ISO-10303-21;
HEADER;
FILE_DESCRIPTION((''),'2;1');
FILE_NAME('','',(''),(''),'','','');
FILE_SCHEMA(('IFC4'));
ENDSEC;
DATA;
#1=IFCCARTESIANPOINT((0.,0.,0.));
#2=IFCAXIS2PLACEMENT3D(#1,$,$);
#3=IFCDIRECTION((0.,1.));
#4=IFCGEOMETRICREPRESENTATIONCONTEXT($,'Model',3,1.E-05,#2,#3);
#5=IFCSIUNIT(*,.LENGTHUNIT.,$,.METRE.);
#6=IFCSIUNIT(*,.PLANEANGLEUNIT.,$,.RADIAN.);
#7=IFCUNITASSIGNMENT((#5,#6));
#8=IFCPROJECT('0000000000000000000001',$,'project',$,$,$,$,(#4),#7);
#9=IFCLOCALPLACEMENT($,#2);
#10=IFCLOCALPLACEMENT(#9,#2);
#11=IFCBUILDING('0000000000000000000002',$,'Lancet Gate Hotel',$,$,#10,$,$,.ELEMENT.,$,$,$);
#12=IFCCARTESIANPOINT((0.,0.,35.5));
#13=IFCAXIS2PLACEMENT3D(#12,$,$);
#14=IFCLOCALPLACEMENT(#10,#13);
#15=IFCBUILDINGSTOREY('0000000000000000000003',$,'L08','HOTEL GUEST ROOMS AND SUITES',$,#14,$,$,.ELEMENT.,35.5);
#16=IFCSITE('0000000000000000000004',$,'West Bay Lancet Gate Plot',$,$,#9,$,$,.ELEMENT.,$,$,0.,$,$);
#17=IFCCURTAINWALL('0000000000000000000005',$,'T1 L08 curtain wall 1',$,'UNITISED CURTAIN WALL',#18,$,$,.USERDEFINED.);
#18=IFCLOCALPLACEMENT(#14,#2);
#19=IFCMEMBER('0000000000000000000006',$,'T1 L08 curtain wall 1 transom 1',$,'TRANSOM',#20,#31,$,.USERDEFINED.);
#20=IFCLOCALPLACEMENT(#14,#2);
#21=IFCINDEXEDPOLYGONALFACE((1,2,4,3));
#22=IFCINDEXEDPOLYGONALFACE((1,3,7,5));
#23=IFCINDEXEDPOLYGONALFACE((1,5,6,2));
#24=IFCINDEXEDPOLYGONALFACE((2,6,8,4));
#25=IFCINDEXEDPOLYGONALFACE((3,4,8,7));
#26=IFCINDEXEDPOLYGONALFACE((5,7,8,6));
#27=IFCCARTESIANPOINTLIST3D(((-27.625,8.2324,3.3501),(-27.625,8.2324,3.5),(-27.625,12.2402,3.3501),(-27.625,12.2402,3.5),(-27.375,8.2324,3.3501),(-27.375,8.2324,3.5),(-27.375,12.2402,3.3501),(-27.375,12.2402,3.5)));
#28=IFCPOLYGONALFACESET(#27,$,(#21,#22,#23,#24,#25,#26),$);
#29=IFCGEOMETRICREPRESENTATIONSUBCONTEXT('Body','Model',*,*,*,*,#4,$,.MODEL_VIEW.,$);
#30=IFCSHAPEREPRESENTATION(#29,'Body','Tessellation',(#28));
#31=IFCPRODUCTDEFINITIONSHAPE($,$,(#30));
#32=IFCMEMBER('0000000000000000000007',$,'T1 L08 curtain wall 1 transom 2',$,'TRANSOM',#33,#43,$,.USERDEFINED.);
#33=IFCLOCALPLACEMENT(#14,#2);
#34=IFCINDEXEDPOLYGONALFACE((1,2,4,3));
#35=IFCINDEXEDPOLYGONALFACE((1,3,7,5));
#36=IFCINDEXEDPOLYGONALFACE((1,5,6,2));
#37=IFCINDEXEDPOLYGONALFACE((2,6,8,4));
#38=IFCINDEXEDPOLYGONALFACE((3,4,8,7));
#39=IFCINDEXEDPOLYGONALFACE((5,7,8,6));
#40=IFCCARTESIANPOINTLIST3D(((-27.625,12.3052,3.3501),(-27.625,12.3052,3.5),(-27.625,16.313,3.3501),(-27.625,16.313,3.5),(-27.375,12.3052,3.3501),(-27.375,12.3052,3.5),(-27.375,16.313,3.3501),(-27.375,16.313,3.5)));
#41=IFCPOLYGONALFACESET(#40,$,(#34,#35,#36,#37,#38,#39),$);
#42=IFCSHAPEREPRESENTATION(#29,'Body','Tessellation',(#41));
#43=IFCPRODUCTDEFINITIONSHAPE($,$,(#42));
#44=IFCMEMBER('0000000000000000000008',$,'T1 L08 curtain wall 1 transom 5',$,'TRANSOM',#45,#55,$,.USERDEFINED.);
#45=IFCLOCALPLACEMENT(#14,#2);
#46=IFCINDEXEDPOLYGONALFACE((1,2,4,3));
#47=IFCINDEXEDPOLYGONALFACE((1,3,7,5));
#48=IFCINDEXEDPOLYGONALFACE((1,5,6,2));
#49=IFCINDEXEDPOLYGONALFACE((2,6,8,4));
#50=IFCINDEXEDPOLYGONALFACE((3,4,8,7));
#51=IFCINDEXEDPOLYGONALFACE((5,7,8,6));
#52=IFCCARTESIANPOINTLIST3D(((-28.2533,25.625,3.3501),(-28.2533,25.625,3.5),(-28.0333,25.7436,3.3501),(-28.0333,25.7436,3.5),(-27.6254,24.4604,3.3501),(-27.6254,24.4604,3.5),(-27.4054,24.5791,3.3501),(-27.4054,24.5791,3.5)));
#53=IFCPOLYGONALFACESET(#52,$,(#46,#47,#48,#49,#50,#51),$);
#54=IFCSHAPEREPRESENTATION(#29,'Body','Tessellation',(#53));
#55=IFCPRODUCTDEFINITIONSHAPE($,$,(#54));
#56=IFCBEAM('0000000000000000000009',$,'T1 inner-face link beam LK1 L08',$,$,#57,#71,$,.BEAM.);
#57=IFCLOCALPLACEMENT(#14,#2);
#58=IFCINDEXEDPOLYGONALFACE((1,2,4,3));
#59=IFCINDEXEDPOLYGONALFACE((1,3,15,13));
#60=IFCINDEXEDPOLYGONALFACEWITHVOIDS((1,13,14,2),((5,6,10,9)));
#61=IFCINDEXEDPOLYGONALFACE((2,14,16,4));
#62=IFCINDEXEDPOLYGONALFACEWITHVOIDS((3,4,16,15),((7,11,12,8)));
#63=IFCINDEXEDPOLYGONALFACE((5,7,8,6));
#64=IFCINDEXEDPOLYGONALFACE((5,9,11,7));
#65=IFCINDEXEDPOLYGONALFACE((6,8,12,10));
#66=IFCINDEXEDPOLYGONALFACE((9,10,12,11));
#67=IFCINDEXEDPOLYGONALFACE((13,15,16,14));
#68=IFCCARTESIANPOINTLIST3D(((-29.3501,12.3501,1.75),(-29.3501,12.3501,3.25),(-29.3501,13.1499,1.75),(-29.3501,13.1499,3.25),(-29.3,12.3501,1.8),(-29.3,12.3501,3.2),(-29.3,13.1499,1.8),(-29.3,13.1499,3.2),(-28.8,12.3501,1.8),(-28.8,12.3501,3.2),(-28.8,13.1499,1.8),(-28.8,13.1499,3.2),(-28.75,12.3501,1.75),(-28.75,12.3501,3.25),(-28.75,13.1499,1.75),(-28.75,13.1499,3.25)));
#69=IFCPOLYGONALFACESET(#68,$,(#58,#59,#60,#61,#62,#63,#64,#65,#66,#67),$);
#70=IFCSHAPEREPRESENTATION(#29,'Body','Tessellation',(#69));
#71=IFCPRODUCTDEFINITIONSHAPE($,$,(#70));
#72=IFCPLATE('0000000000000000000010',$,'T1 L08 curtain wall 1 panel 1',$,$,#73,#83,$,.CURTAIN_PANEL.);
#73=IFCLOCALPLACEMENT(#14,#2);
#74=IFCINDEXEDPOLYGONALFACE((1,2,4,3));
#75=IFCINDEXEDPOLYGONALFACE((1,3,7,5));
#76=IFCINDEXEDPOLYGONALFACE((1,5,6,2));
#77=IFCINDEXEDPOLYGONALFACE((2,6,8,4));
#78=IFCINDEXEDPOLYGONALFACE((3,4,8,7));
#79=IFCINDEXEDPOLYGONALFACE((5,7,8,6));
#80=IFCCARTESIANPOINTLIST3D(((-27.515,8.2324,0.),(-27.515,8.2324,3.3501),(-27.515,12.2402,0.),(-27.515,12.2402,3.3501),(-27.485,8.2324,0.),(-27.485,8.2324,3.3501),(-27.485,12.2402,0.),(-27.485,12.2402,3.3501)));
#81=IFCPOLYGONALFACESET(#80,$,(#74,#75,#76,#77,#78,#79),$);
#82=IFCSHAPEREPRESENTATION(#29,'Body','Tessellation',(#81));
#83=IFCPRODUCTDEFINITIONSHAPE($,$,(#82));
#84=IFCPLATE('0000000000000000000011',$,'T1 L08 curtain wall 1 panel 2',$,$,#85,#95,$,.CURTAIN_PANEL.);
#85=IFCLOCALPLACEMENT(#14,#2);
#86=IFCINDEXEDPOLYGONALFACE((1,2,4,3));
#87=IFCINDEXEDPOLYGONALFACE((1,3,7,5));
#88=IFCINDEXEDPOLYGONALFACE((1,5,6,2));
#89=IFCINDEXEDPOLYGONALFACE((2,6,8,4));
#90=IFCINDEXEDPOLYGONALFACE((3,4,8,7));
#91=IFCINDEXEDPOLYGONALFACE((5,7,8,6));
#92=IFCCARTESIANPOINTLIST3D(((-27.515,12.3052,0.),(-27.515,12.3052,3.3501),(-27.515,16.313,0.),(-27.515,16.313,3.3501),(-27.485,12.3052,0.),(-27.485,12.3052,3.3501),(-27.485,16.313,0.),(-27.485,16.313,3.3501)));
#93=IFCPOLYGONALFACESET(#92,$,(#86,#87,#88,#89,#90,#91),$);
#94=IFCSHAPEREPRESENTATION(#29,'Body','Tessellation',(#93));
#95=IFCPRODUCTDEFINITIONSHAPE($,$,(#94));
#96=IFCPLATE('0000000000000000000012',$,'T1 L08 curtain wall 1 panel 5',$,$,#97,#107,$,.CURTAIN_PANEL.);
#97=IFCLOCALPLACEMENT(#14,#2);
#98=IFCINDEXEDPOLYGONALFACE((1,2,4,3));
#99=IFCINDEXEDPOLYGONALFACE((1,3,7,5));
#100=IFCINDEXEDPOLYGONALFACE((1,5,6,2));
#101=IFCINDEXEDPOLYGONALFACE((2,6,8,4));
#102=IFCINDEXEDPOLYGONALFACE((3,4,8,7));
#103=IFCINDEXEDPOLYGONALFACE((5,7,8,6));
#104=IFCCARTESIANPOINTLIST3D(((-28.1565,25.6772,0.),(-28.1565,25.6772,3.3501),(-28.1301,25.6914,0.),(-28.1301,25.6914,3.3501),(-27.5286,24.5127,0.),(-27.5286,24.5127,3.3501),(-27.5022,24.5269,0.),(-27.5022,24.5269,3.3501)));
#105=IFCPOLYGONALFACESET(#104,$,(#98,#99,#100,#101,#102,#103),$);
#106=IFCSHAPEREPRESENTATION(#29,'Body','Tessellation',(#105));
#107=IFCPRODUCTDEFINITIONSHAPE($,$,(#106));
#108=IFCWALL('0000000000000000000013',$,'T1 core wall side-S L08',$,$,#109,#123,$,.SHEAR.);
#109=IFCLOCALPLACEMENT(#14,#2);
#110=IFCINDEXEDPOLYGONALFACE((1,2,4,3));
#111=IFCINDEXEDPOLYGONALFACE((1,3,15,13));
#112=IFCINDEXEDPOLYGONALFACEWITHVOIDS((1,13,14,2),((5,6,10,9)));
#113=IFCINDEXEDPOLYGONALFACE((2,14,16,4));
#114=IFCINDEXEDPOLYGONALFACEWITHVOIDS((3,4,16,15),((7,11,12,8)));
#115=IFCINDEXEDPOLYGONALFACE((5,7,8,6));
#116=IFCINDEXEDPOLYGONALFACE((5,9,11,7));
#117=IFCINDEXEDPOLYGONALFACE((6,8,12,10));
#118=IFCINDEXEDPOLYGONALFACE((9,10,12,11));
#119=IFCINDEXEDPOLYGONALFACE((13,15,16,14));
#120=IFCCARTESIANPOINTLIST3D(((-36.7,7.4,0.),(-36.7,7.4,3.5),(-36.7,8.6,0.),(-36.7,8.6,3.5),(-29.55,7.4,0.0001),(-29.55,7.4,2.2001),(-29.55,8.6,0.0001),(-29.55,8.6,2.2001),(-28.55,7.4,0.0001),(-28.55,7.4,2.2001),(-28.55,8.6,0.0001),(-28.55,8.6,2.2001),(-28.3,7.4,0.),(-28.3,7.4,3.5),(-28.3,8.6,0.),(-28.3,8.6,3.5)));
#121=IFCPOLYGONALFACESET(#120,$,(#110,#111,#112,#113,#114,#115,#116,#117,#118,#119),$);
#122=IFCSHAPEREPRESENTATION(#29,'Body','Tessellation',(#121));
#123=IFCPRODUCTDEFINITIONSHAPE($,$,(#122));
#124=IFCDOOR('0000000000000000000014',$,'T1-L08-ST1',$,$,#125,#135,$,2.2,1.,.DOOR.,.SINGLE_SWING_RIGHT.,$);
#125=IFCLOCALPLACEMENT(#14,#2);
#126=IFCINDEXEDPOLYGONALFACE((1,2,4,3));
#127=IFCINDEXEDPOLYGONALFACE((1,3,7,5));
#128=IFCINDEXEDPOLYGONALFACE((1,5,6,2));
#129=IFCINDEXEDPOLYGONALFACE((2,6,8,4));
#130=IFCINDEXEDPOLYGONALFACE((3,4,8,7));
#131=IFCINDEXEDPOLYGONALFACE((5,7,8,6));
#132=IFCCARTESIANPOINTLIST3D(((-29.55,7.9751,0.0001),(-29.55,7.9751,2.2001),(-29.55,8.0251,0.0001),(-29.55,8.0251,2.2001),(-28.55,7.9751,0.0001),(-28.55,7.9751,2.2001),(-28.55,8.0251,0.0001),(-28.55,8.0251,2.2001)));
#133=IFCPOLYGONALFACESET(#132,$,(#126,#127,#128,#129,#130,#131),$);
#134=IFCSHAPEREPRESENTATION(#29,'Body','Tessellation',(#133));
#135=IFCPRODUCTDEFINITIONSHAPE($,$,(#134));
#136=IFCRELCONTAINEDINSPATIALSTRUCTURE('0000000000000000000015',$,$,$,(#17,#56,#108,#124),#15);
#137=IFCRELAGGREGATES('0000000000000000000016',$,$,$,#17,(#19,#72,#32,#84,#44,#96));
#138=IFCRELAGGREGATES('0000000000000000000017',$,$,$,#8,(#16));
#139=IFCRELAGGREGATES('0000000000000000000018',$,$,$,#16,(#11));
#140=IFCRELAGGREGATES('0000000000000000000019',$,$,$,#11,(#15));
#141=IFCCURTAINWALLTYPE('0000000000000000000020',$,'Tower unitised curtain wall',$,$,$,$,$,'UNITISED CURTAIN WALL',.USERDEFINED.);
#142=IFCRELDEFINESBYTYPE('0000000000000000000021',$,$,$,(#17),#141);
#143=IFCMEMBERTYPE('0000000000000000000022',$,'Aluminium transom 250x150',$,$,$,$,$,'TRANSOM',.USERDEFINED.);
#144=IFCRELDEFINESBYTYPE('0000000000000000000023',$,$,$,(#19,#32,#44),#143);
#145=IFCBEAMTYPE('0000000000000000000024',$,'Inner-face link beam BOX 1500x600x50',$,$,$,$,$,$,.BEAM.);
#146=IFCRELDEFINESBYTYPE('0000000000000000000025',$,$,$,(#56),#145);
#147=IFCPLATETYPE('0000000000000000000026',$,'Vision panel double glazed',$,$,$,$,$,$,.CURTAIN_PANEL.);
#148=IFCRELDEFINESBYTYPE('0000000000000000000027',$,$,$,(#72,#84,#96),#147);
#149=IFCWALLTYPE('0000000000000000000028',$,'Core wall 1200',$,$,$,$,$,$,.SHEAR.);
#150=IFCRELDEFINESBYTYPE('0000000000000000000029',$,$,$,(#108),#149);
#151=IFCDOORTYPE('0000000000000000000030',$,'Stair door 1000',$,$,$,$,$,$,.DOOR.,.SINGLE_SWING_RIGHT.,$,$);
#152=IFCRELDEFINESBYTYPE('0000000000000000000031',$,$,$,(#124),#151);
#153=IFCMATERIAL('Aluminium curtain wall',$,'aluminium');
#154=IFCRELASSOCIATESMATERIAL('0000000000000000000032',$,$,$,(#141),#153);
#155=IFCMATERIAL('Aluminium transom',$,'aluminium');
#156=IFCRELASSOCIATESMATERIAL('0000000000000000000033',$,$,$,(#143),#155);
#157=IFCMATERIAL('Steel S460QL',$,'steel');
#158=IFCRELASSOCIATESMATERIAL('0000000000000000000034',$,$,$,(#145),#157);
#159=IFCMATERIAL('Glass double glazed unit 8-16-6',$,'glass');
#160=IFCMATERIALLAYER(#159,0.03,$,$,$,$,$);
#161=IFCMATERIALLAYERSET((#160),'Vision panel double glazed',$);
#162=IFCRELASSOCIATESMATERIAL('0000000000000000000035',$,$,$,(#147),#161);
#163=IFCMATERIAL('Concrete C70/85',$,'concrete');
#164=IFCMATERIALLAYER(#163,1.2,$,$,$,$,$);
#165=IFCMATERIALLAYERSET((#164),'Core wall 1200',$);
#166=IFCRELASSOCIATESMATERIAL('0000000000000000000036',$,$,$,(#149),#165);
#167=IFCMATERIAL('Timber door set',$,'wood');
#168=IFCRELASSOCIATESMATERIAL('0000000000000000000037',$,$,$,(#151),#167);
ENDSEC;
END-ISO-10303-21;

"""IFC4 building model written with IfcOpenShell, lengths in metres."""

from ifc_helpers import new_model, si_unit, direction, frame, frame_2d, origin, origin_2d, place, context, subcontext, project, spatial, rectangle, hollow_rectangle, extrude, material, layer, layer_set, material_profile, profile_set, type_object, element, fill, aggregate, save


model = new_model("IFC4")

# Units and contexts
model_context = context("Model", 3, precision=1e-05, world=origin(), true_north=direction((0.0, 1.0)))
body_context = subcontext(model_context, "Body", "Model", "MODEL_VIEW")
ifc_project = project(units=[si_unit("LENGTHUNIT", "METRE"), si_unit("PLANEANGLEUNIT", "RADIAN")], contexts=[model_context])

# Site, building, storey
site_placement = place(None, origin())
site = spatial("IfcSite", under=ifc_project, at=site_placement, Name="West Bay Lancet Gate Plot", CompositionType="ELEMENT", RefElevation=0.0)
building_placement = place(site_placement, origin())
building = spatial("IfcBuilding", under=site, at=building_placement, Name="Lancet Gate Hotel", CompositionType="ELEMENT")
storey_placement = place(building_placement, frame((0.0, 0.0, 35.5)))
storey = spatial("IfcBuildingStorey", under=building, at=storey_placement, Name="L08", Description="HOTEL GUEST ROOMS AND SUITES", CompositionType="ELEMENT", Elevation=35.5)

# Curtain wall, members
ifc_material_1 = material(Name="Aluminium curtain wall", Category="aluminium")
curtain_wall_type = type_object("IfcCurtainWallType", Name="Tower unitised curtain wall", ElementType="UNITISED CURTAIN WALL", PredefinedType="USERDEFINED", material=ifc_material_1)
curtain_wall_placement = place(storey_placement, origin())
curtain_wall = element("IfcCurtainWall", 1, at=curtain_wall_placement, inside=storey, type_object=curtain_wall_type, Name="T1 L08 curtain wall 1", ObjectType="UNITISED CURTAIN WALL", PredefinedType="USERDEFINED")
ifc_material_2 = material(Name="Aluminium transom", Category="aluminium")
ifc_material_profile_1 = material_profile(ifc_material_2, rectangle(XDim=0.25, YDim=0.1499, at=origin_2d()), Name="TRANSOM 250x150")
ifc_profile_set_1 = profile_set([ifc_material_profile_1], Name="Aluminium transom")
member_type_1 = type_object("IfcMemberType", Name="Aluminium transom 250x150", ElementType="TRANSOM", PredefinedType="USERDEFINED", material=ifc_profile_set_1)
member_1_placement = place(storey_placement, frame((-27.5, 8.2324, 3.425), z_axis=(0.0, 1.0, 0.0), x_axis=(-1.0, 0.0, 0.0)))
member_1 = element("IfcMember", 2, at=member_1_placement, type_object=member_type_1, Name="T1 L08 curtain wall 1 transom 1", ObjectType="TRANSOM", PredefinedType="USERDEFINED", context=body_context, shape_type="SweptSolid", body=[
    extrude(rectangle(XDim=0.25, YDim=0.1499, at=origin_2d()), origin(), (0.0, 0.0, 1.0), 4.0078),
])
member_2_placement = place(storey_placement, frame((-27.5, 12.3052, 3.425), z_axis=(0.0, 1.0, 0.0), x_axis=(-1.0, 0.0, 0.0)))
member_2 = element("IfcMember", 3, at=member_2_placement, type_object=member_type_1, Name="T1 L08 curtain wall 1 transom 2", ObjectType="TRANSOM", PredefinedType="USERDEFINED", context=body_context, shape_type="SweptSolid", body=[
    extrude(rectangle(XDim=0.25, YDim=0.1499, at=origin_2d()), origin(), (0.0, 0.0, 1.0), 4.0078),
])
member_3_placement = place(storey_placement, frame((-27.5154, 24.5198, 3.425), z_axis=(-0.474606, 0.880198, 0.0), x_axis=(-0.880198, -0.474606, 0.0)))
member_3 = element("IfcMember", 4, at=member_3_placement, type_object=member_type_1, Name="T1 L08 curtain wall 1 transom 5", ObjectType="TRANSOM", PredefinedType="USERDEFINED", context=body_context, shape_type="SweptSolid", body=[
    extrude(rectangle(XDim=0.25, YDim=0.1499, at=origin_2d()), origin(), (0.0, 0.0, 1.0), 1.323),
])

# Beam
ifc_material_3 = material(Name="Steel S460QL", Category="steel")
ifc_material_profile_2 = material_profile(ifc_material_3, hollow_rectangle(XDim=0.6001, YDim=1.5, WallThickness=0.05, at=origin_2d()), Name="BOX 1500x600x50")
ifc_profile_set_2 = profile_set([ifc_material_profile_2], Name="Steel S460QL")
beam_type = type_object("IfcBeamType", Name="Inner-face link beam BOX 1500x600x50", PredefinedType="BEAM", material=ifc_profile_set_2)
beam_placement = place(storey_placement, frame((-29.05, 13.1499, 2.5), z_axis=(0.0, -1.0, 0.0), x_axis=(1.0, 0.0, 0.0)))
element("IfcBeam", 5, at=beam_placement, inside=storey, type_object=beam_type, Name="T1 inner-face link beam LK1 L08", PredefinedType="BEAM", context=body_context, shape_type="SweptSolid", body=[
    extrude(hollow_rectangle(XDim=0.6001, YDim=1.5, WallThickness=0.05, at=origin_2d()), origin(), (0.0, 0.0, 1.0), 0.7998),
])

# Plates
ifc_material_4 = material(Name="Glass double glazed unit 8-16-6", Category="glass")
ifc_layer_1 = layer(ifc_material_4, 0.03)
ifc_layer_set_1 = layer_set([ifc_layer_1], Name="Vision panel double glazed")
plate_type = type_object("IfcPlateType", Name="Vision panel double glazed", PredefinedType="CURTAIN_PANEL", material=ifc_layer_set_1)
plate_1_placement = place(storey_placement, frame((-27.5, 10.2363, 0.0), z_axis=(0.0, 0.0, 1.0), x_axis=(0.0, 1.0, 0.0)))
plate_1 = element("IfcPlate", 6, at=plate_1_placement, type_object=plate_type, Name="T1 L08 curtain wall 1 panel 1", PredefinedType="CURTAIN_PANEL", context=body_context, shape_type="SweptSolid", body=[
    extrude(rectangle(XDim=4.0078, YDim=0.03, at=origin_2d()), origin(), (0.0, 0.0, 1.0), 3.3501),
])
plate_2_placement = place(storey_placement, frame((-27.5, 14.3091, 0.0), z_axis=(0.0, 0.0, 1.0), x_axis=(0.0, 1.0, 0.0)))
plate_2 = element("IfcPlate", 7, at=plate_2_placement, type_object=plate_type, Name="T1 L08 curtain wall 1 panel 2", PredefinedType="CURTAIN_PANEL", context=body_context, shape_type="SweptSolid", body=[
    extrude(rectangle(XDim=4.0078, YDim=0.03, at=origin_2d()), origin(), (0.0, 0.0, 1.0), 3.3501),
])
plate_3_placement = place(storey_placement, frame((-27.8293, 25.1021, 0.0), z_axis=(0.0, 0.0, 1.0), x_axis=(-0.474631, 0.880185, 0.0)))
plate_3 = element("IfcPlate", 8, at=plate_3_placement, type_object=plate_type, Name="T1 L08 curtain wall 1 panel 5", PredefinedType="CURTAIN_PANEL", context=body_context, shape_type="SweptSolid", body=[
    extrude(rectangle(XDim=1.323, YDim=0.03, at=origin_2d()), origin(), (0.0, 0.0, 1.0), 3.3501),
])
aggregate(curtain_wall, [member_1, plate_1, member_2, plate_2, member_3, plate_3])

# Wall, opening, door
ifc_material_5 = material(Name="Concrete C70/85", Category="concrete")
ifc_layer_2 = layer(ifc_material_5, 1.2)
ifc_layer_set_2 = layer_set([ifc_layer_2], Name="Core wall 1200")
wall_type_1 = type_object("IfcWallType", Name="Core wall 1200", PredefinedType="SHEAR", material=ifc_layer_set_2)
wall_1_placement = place(storey_placement, frame((-28.3, 8.0, 0.0), z_axis=(0.0, 0.0, 1.0), x_axis=(-1.0, 0.0, 0.0)))
wall_1 = element("IfcWall", 9, at=wall_1_placement, inside=storey, type_object=wall_type_1, Name="T1 core wall side-S L08", PredefinedType="SHEAR", context=body_context, shape_type="SweptSolid", body=[
    extrude(rectangle(XDim=8.3999, YDim=1.2, at=frame_2d((4.2, 0.0))), origin(), (0.0, 0.0, 1.0), 3.5),
])
opening_1_placement = place(wall_1_placement, frame((0.25, 0.0, 0.0)))
opening_1 = element("IfcOpeningElement", 10, at=opening_1_placement, cuts=wall_1, PredefinedType="OPENING", context=body_context, shape_type="SweptSolid", body=[
    extrude(rectangle(XDim=1.0, YDim=2.2, at=frame_2d((0.5, 1.1001))), frame((0.0, 0.6099, 0.0), z_axis=(0.0, -1.0, 0.0), x_axis=(1.0, 0.0, 0.0)), (0.0, 0.0, 1.0), 1.22),
])
ifc_material_6 = material(Name="Timber door set", Category="wood")
door_type = type_object("IfcDoorType", Name="Stair door 1000", OperationType="SINGLE_SWING_RIGHT", PredefinedType="DOOR", material=ifc_material_6)
door_placement = place(opening_1_placement, origin())
door = element("IfcDoor", 11, at=door_placement, inside=storey, type_object=door_type, Name="T1-L08-ST1", OperationType="SINGLE_SWING_RIGHT", OverallHeight=2.2, OverallWidth=1.0, PredefinedType="DOOR", context=body_context, shape_type="SweptSolid", body=[
    extrude(rectangle(XDim=1.0, YDim=2.2, at=frame_2d((0.5, 1.1001))), frame((0.0, 0.0249, 0.0), z_axis=(0.0, -1.0, 0.0), x_axis=(1.0, 0.0, 0.0)), (0.0, 0.0, 1.0), 0.05),
])
fill(opening_1, door)

save(model, "model.ifc")
